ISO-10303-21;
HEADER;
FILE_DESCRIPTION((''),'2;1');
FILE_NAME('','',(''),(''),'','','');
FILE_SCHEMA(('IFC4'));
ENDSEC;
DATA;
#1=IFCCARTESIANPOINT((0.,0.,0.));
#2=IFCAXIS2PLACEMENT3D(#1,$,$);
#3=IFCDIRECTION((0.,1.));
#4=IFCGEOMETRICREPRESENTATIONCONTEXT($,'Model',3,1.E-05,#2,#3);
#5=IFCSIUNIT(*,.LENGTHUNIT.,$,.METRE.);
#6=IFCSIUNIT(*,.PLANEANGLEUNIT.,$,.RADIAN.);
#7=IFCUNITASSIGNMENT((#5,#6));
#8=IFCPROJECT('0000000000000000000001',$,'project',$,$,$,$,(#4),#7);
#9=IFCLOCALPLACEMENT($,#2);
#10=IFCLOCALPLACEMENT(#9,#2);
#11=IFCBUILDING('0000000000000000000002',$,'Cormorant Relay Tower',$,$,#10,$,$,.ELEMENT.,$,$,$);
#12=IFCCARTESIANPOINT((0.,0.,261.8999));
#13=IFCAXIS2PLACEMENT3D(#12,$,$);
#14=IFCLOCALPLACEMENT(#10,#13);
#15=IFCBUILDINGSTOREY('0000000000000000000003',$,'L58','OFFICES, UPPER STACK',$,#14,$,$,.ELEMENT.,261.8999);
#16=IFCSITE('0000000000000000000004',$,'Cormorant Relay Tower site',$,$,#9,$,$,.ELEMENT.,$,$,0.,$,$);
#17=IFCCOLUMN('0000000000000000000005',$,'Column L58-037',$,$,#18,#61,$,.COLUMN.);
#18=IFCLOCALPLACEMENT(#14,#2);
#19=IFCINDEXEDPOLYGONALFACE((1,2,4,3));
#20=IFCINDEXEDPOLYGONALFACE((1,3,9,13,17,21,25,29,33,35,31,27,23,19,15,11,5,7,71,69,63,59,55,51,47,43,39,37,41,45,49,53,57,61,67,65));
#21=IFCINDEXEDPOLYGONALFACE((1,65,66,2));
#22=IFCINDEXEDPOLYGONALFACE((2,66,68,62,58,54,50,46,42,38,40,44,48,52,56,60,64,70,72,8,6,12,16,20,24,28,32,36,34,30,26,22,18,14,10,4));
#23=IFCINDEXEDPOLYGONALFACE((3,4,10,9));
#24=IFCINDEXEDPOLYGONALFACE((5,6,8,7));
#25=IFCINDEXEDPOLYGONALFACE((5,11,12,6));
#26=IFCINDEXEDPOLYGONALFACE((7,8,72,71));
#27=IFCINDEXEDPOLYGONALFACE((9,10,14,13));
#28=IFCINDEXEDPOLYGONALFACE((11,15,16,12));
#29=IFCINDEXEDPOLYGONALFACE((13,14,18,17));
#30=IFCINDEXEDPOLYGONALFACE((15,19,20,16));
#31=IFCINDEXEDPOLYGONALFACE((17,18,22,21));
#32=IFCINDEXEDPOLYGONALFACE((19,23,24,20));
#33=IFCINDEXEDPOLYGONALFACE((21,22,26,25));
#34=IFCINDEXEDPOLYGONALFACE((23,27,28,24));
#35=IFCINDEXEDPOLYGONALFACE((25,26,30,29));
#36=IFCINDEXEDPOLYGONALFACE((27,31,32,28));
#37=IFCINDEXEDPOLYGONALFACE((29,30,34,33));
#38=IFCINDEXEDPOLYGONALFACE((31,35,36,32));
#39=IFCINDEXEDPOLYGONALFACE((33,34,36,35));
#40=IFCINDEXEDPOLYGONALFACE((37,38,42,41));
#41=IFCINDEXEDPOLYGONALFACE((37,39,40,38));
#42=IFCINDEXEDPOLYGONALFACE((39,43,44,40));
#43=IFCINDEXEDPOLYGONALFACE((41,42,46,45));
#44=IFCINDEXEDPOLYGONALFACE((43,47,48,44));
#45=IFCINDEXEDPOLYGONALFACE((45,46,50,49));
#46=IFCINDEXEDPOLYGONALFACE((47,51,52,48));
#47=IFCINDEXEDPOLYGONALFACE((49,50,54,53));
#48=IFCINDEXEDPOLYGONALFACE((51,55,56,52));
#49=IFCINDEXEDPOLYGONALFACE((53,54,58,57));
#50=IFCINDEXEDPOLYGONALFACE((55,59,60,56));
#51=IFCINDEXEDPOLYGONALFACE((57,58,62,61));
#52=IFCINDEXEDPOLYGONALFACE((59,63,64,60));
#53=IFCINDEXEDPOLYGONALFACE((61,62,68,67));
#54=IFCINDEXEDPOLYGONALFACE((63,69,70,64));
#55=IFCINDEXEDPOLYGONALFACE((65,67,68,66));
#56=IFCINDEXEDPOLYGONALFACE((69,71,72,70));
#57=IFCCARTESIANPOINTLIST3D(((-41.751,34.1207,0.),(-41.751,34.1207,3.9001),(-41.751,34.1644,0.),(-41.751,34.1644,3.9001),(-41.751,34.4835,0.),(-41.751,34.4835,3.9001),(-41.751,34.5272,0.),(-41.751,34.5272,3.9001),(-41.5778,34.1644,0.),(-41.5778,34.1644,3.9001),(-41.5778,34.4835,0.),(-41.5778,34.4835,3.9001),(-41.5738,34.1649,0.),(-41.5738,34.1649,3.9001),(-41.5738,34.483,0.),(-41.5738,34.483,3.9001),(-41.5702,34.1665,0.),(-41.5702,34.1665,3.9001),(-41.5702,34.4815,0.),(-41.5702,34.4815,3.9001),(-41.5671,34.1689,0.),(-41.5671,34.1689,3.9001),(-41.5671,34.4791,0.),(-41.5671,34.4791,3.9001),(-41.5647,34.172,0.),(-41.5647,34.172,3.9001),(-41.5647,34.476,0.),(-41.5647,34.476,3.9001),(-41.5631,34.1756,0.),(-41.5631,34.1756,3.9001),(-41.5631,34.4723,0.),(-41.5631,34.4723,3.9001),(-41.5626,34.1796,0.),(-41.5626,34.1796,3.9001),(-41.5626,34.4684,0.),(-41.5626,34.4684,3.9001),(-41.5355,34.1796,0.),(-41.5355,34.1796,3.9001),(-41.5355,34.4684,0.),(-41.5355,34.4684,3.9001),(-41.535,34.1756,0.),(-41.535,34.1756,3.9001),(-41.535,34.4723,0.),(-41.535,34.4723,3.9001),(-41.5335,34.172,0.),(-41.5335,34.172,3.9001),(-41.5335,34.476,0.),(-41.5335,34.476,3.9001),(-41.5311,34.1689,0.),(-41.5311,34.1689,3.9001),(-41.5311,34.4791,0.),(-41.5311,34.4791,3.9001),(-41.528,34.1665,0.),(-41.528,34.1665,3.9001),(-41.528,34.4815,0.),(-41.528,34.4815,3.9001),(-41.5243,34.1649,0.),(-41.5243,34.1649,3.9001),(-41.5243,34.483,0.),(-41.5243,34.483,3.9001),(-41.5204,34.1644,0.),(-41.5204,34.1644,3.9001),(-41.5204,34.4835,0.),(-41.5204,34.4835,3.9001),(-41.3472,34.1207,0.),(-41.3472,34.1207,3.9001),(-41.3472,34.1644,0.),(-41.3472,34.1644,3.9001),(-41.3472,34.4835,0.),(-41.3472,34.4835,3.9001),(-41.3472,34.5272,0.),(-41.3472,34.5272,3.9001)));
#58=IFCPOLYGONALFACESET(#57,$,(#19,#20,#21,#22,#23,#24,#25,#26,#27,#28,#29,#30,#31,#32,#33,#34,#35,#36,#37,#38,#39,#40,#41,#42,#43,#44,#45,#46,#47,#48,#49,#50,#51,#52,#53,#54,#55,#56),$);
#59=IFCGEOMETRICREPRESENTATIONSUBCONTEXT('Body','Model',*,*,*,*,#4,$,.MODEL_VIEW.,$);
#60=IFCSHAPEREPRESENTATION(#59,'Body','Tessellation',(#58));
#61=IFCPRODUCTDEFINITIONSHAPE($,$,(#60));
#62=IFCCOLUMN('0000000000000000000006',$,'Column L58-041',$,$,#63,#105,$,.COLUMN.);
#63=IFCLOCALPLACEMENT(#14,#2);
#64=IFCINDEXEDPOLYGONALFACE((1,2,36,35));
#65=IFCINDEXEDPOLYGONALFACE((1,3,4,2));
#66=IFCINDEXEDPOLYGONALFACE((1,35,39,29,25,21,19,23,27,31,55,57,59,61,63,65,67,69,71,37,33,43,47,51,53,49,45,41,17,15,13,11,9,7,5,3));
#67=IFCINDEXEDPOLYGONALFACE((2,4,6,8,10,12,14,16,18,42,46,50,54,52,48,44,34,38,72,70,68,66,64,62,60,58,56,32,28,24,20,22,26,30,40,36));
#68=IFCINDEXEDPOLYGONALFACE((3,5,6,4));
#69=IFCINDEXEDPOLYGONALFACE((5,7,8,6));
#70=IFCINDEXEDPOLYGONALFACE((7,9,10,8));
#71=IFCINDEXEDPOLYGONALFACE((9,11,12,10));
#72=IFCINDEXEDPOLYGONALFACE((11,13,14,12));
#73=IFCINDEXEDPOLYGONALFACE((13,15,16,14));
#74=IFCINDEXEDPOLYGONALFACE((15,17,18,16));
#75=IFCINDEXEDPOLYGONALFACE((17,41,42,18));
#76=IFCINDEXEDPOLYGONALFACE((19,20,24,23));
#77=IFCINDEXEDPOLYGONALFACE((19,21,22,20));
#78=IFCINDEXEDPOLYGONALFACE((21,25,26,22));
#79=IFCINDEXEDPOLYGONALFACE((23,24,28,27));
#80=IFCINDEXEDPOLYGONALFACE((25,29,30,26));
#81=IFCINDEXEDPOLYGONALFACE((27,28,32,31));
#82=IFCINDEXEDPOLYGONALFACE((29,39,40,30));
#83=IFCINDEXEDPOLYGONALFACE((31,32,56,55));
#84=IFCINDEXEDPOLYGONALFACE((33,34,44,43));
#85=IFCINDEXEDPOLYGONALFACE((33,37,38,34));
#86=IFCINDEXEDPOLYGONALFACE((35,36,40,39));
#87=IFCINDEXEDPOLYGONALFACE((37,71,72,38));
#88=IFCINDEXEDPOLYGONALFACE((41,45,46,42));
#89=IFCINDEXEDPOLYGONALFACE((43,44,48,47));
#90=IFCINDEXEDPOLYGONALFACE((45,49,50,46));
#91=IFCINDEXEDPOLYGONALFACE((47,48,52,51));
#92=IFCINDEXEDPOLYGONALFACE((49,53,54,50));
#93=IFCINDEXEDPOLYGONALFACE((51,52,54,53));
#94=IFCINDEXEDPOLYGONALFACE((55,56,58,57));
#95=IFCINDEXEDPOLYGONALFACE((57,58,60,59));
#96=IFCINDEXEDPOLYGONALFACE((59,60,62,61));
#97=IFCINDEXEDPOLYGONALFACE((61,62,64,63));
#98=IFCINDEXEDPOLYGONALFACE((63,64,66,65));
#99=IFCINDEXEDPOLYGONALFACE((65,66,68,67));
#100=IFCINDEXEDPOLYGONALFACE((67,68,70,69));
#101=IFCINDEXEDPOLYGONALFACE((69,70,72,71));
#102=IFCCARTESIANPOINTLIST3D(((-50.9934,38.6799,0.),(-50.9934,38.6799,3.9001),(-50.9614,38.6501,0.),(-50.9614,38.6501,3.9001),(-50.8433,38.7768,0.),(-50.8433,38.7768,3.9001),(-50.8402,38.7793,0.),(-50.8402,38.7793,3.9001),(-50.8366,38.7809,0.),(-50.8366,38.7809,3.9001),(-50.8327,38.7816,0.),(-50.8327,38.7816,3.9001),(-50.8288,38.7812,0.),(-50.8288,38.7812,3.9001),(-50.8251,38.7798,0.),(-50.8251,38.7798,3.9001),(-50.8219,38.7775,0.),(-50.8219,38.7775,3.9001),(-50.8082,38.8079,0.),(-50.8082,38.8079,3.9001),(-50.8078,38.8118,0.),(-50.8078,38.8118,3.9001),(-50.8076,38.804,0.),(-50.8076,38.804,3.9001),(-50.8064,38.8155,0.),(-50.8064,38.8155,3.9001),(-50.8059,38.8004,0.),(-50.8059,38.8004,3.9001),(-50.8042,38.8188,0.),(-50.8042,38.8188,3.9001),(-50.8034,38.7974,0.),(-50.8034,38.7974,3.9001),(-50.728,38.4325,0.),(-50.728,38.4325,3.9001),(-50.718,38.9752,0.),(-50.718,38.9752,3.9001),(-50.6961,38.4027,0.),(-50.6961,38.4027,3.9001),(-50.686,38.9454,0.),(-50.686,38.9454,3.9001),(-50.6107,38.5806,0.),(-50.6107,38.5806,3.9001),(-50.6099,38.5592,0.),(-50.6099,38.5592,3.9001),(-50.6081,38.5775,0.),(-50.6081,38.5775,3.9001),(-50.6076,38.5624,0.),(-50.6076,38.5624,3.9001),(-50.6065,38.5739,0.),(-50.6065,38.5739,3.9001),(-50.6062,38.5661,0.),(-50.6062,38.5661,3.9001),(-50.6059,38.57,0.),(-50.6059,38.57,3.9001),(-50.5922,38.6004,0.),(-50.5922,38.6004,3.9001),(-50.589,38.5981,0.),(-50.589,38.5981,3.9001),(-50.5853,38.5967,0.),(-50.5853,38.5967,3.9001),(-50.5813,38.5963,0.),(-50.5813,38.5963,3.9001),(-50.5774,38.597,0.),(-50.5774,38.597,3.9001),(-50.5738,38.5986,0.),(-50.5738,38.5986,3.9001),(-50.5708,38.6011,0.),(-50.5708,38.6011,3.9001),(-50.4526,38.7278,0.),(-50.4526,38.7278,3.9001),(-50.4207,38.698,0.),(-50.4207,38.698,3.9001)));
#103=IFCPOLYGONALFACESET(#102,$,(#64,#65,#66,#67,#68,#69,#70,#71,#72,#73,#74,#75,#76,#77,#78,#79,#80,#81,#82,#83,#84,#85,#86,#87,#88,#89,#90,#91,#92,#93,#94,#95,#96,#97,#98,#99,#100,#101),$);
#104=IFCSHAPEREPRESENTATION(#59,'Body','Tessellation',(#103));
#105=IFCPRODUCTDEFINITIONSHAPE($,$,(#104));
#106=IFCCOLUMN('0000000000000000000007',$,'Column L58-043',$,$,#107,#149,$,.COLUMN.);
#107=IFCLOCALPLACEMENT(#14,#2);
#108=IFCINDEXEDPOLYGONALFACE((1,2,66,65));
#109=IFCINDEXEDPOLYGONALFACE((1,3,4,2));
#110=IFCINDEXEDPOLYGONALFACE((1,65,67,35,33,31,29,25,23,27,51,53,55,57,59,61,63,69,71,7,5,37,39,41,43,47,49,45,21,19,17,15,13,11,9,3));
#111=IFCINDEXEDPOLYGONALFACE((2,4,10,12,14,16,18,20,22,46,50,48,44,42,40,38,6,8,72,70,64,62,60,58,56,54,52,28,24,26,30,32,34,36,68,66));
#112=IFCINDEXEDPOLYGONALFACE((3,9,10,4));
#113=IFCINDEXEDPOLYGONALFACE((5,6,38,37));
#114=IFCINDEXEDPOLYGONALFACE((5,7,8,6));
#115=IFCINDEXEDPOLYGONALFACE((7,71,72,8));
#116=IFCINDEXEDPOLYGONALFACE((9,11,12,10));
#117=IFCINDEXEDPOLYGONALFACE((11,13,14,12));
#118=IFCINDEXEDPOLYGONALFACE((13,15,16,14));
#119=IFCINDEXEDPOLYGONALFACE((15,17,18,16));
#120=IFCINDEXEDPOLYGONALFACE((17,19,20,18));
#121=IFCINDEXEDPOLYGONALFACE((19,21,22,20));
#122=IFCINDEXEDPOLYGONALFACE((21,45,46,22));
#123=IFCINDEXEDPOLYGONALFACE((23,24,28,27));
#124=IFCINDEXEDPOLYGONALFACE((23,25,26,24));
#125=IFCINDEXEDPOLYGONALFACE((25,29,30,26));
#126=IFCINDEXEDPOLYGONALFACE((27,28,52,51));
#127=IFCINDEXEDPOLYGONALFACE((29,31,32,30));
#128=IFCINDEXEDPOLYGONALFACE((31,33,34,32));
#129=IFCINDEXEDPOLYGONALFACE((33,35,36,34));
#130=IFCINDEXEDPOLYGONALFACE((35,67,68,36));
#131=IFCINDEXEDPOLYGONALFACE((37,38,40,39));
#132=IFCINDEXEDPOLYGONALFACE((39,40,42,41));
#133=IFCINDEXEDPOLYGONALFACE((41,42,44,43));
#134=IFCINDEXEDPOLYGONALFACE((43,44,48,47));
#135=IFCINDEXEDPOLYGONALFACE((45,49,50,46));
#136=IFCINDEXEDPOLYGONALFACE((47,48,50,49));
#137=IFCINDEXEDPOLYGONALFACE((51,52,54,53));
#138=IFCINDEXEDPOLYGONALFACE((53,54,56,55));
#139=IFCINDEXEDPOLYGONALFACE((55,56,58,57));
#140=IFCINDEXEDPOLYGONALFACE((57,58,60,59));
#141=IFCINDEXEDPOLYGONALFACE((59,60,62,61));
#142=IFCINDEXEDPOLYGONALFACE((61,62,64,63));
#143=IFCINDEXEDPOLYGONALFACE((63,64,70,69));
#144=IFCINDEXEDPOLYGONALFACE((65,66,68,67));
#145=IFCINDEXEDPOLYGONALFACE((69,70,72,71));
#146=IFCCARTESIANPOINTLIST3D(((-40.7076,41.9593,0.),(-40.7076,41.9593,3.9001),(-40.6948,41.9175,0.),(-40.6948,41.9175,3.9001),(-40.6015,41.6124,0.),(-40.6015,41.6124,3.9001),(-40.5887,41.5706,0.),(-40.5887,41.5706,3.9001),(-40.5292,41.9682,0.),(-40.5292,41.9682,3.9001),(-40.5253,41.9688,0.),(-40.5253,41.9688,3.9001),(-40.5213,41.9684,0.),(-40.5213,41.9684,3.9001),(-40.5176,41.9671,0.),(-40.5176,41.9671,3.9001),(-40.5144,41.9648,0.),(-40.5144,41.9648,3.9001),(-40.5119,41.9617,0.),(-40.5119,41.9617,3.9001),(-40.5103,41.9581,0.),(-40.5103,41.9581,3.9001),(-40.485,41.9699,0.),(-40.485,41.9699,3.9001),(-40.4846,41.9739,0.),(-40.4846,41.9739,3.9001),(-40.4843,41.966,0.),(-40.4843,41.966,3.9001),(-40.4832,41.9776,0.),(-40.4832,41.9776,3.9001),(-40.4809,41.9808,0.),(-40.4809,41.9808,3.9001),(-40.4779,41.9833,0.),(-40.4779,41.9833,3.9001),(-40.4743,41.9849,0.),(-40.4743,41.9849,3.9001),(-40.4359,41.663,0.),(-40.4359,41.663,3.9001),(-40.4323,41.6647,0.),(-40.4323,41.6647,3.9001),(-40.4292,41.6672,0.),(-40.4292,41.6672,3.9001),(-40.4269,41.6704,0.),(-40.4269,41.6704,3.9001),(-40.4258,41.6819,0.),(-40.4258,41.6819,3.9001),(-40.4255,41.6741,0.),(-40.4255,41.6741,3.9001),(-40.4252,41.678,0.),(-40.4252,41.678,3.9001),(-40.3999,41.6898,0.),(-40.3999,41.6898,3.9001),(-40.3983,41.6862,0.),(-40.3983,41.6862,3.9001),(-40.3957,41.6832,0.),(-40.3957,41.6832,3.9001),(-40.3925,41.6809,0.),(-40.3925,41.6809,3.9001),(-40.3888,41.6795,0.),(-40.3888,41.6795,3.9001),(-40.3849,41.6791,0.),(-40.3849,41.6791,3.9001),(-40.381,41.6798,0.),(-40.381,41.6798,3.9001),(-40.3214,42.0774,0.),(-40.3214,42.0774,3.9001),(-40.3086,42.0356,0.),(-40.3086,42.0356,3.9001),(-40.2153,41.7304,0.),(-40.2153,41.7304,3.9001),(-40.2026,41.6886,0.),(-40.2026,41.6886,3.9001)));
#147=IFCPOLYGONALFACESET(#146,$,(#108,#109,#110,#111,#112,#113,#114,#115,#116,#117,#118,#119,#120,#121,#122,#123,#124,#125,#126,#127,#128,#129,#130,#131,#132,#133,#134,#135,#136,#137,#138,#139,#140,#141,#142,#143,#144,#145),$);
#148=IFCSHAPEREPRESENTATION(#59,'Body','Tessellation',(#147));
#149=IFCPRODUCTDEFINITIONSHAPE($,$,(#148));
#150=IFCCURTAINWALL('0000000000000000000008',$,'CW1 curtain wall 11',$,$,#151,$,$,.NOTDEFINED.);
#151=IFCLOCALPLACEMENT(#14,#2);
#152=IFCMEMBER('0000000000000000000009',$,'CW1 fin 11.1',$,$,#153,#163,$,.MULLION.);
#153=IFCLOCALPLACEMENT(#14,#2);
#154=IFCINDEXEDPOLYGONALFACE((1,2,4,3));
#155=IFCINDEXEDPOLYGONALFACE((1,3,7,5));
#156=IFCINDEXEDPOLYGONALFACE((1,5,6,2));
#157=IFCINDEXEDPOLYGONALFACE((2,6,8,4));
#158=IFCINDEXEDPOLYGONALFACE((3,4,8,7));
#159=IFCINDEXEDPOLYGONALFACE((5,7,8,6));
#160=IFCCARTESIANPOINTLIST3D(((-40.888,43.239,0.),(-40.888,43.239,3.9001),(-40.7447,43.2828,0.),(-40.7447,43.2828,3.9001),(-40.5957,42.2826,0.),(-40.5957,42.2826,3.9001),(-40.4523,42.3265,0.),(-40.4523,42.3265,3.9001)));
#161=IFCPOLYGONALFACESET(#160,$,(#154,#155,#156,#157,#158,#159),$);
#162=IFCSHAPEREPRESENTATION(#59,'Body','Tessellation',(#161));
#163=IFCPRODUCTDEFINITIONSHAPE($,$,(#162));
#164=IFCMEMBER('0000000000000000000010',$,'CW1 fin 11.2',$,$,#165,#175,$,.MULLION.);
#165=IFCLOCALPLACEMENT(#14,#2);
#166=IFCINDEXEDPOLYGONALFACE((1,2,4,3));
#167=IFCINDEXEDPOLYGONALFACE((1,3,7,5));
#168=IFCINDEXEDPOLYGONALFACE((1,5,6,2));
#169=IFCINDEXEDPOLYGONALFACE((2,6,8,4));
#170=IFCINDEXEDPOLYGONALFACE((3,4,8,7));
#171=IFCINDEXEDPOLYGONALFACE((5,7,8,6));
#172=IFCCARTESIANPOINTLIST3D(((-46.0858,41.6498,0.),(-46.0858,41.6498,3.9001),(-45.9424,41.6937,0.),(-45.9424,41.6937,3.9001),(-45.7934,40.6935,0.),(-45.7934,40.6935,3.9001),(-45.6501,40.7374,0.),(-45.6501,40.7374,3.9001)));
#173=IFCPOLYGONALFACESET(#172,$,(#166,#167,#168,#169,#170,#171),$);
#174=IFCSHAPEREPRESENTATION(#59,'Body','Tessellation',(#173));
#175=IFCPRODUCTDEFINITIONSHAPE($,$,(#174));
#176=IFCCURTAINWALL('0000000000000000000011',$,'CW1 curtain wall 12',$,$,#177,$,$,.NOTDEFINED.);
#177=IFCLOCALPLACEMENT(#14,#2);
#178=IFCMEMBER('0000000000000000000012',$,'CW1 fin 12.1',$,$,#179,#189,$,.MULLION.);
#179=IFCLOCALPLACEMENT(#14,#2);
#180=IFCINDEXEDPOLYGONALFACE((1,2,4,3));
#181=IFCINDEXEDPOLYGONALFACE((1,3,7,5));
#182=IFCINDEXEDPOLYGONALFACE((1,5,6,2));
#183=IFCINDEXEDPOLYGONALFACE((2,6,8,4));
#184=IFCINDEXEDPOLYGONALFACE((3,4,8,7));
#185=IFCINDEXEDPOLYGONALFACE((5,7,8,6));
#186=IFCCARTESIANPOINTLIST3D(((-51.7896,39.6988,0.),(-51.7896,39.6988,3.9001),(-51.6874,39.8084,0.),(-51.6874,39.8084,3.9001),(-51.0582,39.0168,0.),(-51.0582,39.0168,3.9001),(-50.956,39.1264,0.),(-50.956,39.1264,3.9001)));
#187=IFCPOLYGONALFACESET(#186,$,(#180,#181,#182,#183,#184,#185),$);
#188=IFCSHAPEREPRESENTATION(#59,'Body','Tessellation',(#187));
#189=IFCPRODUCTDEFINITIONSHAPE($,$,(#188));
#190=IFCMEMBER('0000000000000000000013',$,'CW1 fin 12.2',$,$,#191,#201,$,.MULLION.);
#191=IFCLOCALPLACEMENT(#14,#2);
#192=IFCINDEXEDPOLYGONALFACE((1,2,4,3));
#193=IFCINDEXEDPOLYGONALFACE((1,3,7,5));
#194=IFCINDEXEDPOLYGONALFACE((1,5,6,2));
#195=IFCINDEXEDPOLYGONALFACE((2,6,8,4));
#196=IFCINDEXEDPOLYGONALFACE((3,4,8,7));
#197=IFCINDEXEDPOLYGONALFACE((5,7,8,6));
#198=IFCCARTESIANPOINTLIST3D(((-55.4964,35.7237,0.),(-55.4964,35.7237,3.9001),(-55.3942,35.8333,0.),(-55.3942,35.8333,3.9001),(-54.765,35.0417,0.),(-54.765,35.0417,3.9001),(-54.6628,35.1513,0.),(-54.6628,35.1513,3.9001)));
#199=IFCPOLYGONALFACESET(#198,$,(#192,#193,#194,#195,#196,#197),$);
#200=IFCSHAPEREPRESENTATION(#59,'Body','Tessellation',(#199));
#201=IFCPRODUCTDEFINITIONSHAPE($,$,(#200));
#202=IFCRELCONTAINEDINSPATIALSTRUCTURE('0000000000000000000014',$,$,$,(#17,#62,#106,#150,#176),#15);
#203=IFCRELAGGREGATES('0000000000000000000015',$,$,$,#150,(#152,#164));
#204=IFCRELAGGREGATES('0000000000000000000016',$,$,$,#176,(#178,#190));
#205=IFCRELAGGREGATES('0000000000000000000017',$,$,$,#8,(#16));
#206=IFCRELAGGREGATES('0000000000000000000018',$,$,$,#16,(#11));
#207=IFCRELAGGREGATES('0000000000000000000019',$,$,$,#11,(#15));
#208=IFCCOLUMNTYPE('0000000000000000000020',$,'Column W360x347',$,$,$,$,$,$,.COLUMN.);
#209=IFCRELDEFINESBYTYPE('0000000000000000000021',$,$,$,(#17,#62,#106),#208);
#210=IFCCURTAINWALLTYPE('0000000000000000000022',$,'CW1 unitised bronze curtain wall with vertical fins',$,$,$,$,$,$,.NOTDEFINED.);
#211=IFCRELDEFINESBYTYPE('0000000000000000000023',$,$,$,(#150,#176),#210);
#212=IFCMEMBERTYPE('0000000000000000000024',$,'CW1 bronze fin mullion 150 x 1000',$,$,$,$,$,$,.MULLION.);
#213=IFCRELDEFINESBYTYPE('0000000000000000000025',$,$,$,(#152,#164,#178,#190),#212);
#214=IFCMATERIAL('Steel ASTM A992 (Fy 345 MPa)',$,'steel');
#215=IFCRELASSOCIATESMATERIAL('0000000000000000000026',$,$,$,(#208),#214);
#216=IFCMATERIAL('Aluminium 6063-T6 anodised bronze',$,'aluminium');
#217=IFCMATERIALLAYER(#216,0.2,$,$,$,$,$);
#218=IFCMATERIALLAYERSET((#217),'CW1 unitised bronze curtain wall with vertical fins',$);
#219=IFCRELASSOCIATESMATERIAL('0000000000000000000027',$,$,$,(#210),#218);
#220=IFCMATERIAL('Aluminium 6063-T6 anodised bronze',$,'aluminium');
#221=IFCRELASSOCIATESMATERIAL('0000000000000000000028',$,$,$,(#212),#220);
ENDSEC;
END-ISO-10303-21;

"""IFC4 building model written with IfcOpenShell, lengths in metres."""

from ifc_helpers import new_model, si_unit, direction, frame, origin, origin_2d, place, context, subcontext, project, spatial, rectangle, i_section, extrude, material, layer, layer_set, material_profile, profile_set, type_object, element, aggregate, save


model = new_model("IFC4")

# Units and contexts
model_context = context("Model", 3, precision=1e-05, world=origin(), true_north=direction((0.0, 1.0)))
body_context = subcontext(model_context, "Body", "Model", "MODEL_VIEW")
ifc_project = project(units=[si_unit("LENGTHUNIT", "METRE"), si_unit("PLANEANGLEUNIT", "RADIAN")], contexts=[model_context])

# Site, building, storey
site_placement = place(None, origin())
site = spatial("IfcSite", under=ifc_project, at=site_placement, Name="Cormorant Relay Tower site", CompositionType="ELEMENT", RefElevation=0.0)
building_placement = place(site_placement, origin())
building = spatial("IfcBuilding", under=site, at=building_placement, Name="Cormorant Relay Tower", CompositionType="ELEMENT")
storey_placement = place(building_placement, frame((0.0, 0.0, 261.8999)))
storey = spatial("IfcBuildingStorey", under=building, at=storey_placement, Name="L58", Description="OFFICES, UPPER STACK", CompositionType="ELEMENT", Elevation=261.8999)

# Columns
ifc_material_1 = material(Name="Steel ASTM A992 (Fy 345 MPa)", Category="steel")
ifc_material_profile_1 = material_profile(ifc_material_1, i_section(OverallWidth=0.4038, OverallDepth=0.4065, WebThickness=0.0271, FlangeThickness=0.0437, FilletRadius=0.0151, at=origin_2d()), Name="W360x347")
ifc_profile_set_1 = profile_set([ifc_material_profile_1], Name="Steel ASTM A992 (Fy 345 MPa)")
column_type = type_object("IfcColumnType", Name="Column W360x347", PredefinedType="COLUMN", material=ifc_profile_set_1)
for number, where, z_axis, x_axis, name in (
    (1, (-41.5491, 34.324, 0.0), (0.0, 0.0, 1.0), (1.0, 0.0, 0.0), "Column L58-037"),
    (2, (-50.707, 38.689, 0.0), (0.0, 0.0, 1.0), (-0.681998, -0.731354, 0.0), "Column L58-041"),
    (3, (-40.4551, 41.824, 0.0), (0.0, 0.0, 1.0), (-0.956305, -0.292372, 0.0), "Column L58-043"),
):
    element("IfcColumn", number, at=place(storey_placement, frame(where, z_axis=z_axis, x_axis=x_axis)), inside=storey, type_object=column_type, Name=name, PredefinedType="COLUMN", context=body_context, shape_type="SweptSolid", body=[
        extrude(i_section(OverallWidth=0.4038, OverallDepth=0.4065, WebThickness=0.0271, FlangeThickness=0.0437, FilletRadius=0.0151, at=origin_2d()), origin(), (0.0, 0.0, 1.0), 3.9001),
    ])

# Curtain walls, members
ifc_material_2 = material(Name="Aluminium 6063-T6 anodised bronze", Category="aluminium")
ifc_layer_1 = layer(ifc_material_2, 0.2)
ifc_layer_set_1 = layer_set([ifc_layer_1], Name="CW1 unitised bronze curtain wall with vertical fins")
curtain_wall_type = type_object("IfcCurtainWallType", Name="CW1 unitised bronze curtain wall with vertical fins", PredefinedType="NOTDEFINED", material=ifc_layer_set_1)
curtain_wall_1_placement = place(storey_placement, origin())
curtain_wall_1 = element("IfcCurtainWall", 4, at=curtain_wall_1_placement, inside=storey, type_object=curtain_wall_type, Name="CW1 curtain wall 11", PredefinedType="NOTDEFINED")
ifc_material_3 = material(Name="Aluminium 6063-T6 anodised bronze", Category="aluminium")
ifc_material_profile_2 = material_profile(ifc_material_3, rectangle(XDim=0.1499, YDim=1.0, at=origin_2d()), Name="AL 150x1000")
ifc_profile_set_2 = profile_set([ifc_material_profile_2], Name="Aluminium 6063-T6 anodised bronze")
member_type_1 = type_object("IfcMemberType", Name="CW1 bronze fin mullion 150 x 1000", PredefinedType="MULLION", material=ifc_profile_set_2)
member_1_placement = place(storey_placement, frame((-40.6702, 42.7827, 0.0), z_axis=(0.0, 0.0, 1.0), x_axis=(-0.956305, -0.292372, 0.0)))
member_1 = element("IfcMember", 5, at=member_1_placement, type_object=member_type_1, Name="CW1 fin 11.1", PredefinedType="MULLION", context=body_context, shape_type="SweptSolid", body=[
    extrude(rectangle(XDim=0.1499, YDim=1.0, at=origin_2d()), origin(), (0.0, 0.0, 1.0), 3.9001),
])
member_2_placement = place(storey_placement, frame((-45.8679, 41.1936, 0.0), z_axis=(0.0, 0.0, 1.0), x_axis=(-0.956305, -0.292372, 0.0)))
member_2 = element("IfcMember", 6, at=member_2_placement, type_object=member_type_1, Name="CW1 fin 11.2", PredefinedType="MULLION", context=body_context, shape_type="SweptSolid", body=[
    extrude(rectangle(XDim=0.1499, YDim=1.0, at=origin_2d()), origin(), (0.0, 0.0, 1.0), 3.9001),
])
curtain_wall_2_placement = place(storey_placement, origin())
curtain_wall_2 = element("IfcCurtainWall", 7, at=curtain_wall_2_placement, inside=storey, type_object=curtain_wall_type, Name="CW1 curtain wall 12", PredefinedType="NOTDEFINED")
member_3_placement = place(storey_placement, frame((-51.3728, 39.4126, 0.0), z_axis=(0.0, 0.0, 1.0), x_axis=(-0.681998, -0.731354, 0.0)))
member_3 = element("IfcMember", 8, at=member_3_placement, type_object=member_type_1, Name="CW1 fin 12.1", PredefinedType="MULLION", context=body_context, shape_type="SweptSolid", body=[
    extrude(rectangle(XDim=0.1499, YDim=1.0, at=origin_2d()), origin(), (0.0, 0.0, 1.0), 3.9001),
])
member_4_placement = place(storey_placement, frame((-55.0796, 35.4375, 0.0), z_axis=(0.0, 0.0, 1.0), x_axis=(-0.681998, -0.731354, 0.0)))
member_4 = element("IfcMember", 9, at=member_4_placement, type_object=member_type_1, Name="CW1 fin 12.2", PredefinedType="MULLION", context=body_context, shape_type="SweptSolid", body=[
    extrude(rectangle(XDim=0.1499, YDim=1.0, at=origin_2d()), origin(), (0.0, 0.0, 1.0), 3.9001),
])

aggregate(curtain_wall_1, [member_1, member_2])
aggregate(curtain_wall_2, [member_3, member_4])

save(model, "model.ifc")
